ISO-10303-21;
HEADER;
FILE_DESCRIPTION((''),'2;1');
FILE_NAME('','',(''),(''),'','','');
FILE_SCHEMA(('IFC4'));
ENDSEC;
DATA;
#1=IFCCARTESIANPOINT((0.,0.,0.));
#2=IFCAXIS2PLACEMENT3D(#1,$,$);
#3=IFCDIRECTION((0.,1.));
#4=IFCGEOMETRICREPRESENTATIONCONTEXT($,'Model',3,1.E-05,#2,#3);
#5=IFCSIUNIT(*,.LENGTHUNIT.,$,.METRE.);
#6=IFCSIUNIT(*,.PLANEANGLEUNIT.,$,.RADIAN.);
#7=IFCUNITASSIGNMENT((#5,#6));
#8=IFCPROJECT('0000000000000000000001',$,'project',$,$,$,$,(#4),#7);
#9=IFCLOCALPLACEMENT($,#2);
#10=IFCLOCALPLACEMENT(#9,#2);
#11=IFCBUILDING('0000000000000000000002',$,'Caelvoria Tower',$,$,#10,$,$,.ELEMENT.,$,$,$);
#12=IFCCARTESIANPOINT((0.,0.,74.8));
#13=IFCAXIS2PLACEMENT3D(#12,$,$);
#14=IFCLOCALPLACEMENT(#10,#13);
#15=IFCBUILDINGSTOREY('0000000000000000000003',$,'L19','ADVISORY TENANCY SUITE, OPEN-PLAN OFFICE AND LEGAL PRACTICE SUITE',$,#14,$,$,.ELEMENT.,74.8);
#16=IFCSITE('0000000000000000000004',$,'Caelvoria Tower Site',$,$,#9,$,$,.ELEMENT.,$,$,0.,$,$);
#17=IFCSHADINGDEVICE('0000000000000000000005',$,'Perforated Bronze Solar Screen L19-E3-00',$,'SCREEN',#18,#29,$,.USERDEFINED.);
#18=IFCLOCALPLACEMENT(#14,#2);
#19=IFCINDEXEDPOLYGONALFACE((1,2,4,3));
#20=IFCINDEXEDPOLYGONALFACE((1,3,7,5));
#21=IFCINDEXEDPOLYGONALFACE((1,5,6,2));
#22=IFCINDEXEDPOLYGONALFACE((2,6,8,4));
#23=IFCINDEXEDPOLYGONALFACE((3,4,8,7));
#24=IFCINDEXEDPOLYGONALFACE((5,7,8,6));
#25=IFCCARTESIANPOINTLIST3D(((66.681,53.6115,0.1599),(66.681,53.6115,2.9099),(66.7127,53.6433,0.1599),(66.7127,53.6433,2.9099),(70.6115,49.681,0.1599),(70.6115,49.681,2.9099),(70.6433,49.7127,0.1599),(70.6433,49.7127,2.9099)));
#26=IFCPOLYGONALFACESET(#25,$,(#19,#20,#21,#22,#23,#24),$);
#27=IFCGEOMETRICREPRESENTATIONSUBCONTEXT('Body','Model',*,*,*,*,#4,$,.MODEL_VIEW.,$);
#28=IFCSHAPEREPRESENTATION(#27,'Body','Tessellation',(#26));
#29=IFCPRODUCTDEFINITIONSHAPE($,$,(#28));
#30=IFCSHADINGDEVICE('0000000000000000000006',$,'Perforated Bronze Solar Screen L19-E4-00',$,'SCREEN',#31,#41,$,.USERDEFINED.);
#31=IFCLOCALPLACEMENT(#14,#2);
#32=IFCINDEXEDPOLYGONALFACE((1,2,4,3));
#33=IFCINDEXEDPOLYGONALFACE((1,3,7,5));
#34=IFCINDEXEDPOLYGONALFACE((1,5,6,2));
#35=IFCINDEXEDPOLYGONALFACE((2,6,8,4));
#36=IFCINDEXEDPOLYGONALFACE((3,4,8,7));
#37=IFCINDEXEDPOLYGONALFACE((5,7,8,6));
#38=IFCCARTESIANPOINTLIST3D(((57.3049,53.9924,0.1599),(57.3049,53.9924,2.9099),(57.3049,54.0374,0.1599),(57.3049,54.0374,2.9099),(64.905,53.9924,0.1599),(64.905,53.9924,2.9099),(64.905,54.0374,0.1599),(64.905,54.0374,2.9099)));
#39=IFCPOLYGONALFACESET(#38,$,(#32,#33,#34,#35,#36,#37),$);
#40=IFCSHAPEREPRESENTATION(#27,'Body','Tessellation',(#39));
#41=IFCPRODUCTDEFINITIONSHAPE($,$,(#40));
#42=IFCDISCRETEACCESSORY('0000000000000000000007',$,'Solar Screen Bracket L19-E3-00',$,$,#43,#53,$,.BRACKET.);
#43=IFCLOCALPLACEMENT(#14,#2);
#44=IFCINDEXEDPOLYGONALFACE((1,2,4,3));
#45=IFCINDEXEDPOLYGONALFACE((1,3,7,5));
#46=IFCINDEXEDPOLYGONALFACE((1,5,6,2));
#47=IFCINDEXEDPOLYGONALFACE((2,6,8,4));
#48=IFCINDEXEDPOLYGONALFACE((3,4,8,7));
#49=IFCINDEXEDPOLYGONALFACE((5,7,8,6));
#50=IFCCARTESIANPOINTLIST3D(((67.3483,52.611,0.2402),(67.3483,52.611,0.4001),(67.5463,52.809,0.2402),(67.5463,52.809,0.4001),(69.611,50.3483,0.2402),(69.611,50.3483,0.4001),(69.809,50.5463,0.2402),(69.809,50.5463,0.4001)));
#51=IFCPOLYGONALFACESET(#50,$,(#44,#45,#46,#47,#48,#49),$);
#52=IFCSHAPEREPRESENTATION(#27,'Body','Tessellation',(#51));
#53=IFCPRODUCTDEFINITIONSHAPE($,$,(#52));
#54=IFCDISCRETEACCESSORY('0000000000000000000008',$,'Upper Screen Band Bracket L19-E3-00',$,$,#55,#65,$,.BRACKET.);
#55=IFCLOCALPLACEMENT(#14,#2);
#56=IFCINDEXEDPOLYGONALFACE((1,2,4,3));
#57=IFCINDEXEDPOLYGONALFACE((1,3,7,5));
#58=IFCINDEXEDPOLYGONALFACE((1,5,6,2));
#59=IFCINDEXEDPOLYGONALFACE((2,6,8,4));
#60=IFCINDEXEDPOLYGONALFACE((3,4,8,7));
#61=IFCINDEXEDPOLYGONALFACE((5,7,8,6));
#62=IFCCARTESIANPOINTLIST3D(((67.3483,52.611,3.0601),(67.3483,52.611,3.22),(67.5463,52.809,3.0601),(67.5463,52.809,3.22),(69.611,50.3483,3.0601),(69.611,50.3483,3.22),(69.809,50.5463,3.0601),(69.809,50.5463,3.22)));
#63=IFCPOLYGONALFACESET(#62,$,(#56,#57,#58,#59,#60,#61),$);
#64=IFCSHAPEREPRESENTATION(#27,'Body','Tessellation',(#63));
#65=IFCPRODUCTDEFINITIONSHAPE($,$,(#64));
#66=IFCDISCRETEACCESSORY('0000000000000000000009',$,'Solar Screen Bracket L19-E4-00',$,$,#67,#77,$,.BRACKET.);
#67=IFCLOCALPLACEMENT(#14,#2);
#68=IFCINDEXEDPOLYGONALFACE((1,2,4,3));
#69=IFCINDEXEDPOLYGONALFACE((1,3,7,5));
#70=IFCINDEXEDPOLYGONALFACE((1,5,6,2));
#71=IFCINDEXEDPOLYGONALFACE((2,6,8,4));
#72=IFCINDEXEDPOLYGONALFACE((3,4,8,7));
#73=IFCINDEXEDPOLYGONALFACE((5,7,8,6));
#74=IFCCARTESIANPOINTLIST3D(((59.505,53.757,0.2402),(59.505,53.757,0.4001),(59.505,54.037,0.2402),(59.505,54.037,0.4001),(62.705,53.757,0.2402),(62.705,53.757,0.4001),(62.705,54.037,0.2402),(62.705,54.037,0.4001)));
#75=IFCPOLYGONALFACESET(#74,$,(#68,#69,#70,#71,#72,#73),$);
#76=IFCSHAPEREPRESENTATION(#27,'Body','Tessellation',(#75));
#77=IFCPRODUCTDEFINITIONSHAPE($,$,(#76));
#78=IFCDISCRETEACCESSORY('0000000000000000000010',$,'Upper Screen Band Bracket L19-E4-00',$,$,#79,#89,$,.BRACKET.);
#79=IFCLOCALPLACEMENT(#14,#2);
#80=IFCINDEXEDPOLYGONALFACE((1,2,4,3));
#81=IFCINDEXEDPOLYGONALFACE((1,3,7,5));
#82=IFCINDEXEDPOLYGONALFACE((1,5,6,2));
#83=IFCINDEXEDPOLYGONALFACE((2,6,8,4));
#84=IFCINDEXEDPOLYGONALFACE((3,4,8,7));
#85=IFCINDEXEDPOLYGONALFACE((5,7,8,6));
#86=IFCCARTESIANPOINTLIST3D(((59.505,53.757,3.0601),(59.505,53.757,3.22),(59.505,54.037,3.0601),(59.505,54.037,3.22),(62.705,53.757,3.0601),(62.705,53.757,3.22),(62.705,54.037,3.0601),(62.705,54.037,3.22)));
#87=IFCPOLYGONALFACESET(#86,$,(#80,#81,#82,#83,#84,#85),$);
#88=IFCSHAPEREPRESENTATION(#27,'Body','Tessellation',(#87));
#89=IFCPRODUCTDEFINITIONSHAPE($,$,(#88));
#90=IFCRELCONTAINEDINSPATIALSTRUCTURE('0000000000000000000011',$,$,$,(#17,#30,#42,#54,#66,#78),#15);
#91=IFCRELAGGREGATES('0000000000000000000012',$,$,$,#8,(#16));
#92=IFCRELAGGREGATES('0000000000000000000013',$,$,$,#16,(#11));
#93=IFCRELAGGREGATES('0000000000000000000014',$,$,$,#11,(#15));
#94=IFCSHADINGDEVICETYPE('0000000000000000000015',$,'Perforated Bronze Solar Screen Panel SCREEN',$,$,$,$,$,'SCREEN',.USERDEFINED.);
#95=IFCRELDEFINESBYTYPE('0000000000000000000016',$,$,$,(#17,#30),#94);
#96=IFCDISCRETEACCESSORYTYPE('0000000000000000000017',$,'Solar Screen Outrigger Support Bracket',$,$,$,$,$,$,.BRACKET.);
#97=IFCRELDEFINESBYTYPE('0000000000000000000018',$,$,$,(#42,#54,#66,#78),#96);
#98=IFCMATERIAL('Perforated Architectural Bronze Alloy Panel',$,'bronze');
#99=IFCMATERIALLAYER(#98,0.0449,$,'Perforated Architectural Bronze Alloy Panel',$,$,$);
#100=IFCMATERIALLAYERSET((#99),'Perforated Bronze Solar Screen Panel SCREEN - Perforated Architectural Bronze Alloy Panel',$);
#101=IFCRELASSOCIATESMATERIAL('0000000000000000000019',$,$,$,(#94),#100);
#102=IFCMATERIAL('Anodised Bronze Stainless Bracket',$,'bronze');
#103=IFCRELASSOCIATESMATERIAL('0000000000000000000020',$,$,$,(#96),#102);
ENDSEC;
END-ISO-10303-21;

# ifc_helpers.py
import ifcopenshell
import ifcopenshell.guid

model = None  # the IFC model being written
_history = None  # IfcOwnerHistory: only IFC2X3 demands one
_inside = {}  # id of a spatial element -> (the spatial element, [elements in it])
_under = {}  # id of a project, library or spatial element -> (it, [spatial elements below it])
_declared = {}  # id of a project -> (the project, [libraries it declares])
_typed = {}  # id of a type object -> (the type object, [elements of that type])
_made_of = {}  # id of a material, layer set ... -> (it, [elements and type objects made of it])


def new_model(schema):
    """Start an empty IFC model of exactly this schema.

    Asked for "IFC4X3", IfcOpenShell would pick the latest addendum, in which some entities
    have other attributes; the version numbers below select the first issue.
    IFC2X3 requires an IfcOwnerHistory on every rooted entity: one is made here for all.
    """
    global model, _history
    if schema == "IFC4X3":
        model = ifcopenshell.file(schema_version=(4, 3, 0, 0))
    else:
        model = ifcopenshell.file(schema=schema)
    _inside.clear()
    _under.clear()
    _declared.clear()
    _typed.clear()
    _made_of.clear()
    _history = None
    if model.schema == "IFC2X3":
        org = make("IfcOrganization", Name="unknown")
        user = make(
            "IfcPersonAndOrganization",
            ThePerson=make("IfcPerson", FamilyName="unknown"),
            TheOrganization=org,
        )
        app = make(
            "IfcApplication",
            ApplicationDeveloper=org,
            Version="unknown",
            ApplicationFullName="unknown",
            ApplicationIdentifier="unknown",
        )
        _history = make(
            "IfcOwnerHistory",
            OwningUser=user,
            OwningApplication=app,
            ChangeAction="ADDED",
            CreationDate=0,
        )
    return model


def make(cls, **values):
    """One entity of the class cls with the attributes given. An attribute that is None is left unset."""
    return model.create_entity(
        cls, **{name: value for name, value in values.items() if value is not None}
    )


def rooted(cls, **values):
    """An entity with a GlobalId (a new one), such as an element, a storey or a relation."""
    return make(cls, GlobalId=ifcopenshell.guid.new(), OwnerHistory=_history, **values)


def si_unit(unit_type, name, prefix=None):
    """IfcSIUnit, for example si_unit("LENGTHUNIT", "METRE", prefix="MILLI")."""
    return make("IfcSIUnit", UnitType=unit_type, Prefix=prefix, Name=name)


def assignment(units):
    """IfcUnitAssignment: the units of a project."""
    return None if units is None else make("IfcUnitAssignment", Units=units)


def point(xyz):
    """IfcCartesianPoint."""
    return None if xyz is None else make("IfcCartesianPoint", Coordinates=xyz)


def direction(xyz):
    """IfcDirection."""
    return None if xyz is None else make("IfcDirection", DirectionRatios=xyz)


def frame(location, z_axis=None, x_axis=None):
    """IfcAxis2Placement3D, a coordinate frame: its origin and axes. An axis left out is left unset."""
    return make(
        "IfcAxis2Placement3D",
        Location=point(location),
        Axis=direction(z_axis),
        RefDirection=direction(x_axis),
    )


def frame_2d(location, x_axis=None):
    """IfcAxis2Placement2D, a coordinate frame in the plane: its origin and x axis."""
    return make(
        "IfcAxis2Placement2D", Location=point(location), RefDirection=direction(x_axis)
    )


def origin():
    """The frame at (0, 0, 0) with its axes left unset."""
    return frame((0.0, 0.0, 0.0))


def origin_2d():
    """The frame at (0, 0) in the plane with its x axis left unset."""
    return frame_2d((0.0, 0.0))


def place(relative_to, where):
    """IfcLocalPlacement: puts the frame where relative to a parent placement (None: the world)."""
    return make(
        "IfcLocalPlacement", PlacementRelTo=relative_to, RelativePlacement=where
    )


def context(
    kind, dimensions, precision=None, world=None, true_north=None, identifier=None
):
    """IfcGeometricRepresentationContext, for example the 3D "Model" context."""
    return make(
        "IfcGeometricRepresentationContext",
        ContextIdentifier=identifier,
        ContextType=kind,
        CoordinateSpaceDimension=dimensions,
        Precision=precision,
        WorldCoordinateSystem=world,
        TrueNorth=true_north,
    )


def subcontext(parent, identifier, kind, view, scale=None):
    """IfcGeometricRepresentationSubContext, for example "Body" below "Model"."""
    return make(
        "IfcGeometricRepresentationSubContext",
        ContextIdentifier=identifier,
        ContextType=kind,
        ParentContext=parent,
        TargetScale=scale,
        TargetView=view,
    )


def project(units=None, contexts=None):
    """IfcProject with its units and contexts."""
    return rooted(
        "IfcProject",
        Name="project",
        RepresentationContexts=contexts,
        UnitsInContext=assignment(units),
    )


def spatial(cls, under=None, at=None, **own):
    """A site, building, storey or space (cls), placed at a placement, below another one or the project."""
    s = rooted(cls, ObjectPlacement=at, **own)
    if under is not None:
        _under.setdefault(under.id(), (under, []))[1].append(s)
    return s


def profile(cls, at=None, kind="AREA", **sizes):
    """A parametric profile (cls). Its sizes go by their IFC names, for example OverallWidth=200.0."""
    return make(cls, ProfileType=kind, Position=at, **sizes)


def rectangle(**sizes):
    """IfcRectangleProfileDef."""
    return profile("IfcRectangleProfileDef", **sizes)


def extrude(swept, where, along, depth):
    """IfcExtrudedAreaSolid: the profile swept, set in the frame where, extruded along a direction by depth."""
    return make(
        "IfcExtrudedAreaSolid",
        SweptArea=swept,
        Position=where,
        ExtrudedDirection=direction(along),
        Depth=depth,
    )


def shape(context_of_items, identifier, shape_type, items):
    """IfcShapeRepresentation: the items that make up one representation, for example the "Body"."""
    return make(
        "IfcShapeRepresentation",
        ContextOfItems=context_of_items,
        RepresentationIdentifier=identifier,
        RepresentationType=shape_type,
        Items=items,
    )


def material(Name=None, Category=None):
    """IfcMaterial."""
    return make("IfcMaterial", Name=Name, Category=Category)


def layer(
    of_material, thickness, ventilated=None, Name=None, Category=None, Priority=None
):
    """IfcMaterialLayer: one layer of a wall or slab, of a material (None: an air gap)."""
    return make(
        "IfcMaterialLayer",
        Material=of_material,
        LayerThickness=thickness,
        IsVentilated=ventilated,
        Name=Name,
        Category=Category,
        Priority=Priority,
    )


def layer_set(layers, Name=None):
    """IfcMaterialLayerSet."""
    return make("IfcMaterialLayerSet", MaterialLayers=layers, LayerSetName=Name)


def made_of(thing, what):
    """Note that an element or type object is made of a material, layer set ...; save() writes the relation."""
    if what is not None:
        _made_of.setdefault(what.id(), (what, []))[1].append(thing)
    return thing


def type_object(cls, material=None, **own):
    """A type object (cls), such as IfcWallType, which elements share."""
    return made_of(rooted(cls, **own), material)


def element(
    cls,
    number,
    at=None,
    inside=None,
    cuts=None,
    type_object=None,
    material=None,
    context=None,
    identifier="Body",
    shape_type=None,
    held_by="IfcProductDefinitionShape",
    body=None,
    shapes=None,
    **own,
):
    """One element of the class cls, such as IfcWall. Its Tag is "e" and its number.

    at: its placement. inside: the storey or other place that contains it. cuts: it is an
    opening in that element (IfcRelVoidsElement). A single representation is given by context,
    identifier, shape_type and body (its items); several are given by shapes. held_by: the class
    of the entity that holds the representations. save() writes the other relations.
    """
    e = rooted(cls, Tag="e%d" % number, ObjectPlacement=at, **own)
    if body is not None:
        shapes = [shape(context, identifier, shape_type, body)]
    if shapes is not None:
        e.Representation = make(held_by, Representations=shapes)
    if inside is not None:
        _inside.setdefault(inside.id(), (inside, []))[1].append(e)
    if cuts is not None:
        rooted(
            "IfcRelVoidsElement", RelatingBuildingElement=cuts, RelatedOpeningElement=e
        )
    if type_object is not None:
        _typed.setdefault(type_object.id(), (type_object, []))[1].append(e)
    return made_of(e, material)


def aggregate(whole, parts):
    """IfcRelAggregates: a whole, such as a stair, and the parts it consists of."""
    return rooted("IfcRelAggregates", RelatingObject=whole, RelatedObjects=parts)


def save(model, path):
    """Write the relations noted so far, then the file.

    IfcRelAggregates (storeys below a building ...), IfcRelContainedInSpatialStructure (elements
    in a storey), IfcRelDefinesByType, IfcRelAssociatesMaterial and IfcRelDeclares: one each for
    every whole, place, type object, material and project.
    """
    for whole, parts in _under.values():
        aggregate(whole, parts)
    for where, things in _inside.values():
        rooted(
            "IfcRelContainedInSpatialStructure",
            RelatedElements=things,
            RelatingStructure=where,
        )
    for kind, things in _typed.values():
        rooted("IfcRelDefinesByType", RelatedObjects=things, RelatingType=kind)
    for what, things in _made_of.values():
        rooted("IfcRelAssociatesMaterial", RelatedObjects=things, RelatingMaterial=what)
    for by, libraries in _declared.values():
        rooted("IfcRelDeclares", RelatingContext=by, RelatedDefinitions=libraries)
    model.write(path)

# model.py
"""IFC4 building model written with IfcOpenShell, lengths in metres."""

from ifc_helpers import new_model, si_unit, direction, frame, origin, origin_2d, place, context, subcontext, project, spatial, rectangle, extrude, material, layer, layer_set, type_object, element, save


model = new_model("IFC4")

# Units and contexts
model_context = context("Model", 3, precision=1e-05, world=origin(), true_north=direction((0.0, 1.0)))
body_context = subcontext(model_context, "Body", "Model", "MODEL_VIEW")
ifc_project = project(units=[si_unit("LENGTHUNIT", "METRE"), si_unit("PLANEANGLEUNIT", "RADIAN")], contexts=[model_context])

# Site, building, storey
site_placement = place(None, origin())
site = spatial("IfcSite", under=ifc_project, at=site_placement, Name="Caelvoria Tower Site", CompositionType="ELEMENT", RefElevation=0.0)
building_placement = place(site_placement, origin())
building = spatial("IfcBuilding", under=site, at=building_placement, Name="Caelvoria Tower", CompositionType="ELEMENT")
storey_placement = place(building_placement, frame((0.0, 0.0, 74.8)))
storey = spatial("IfcBuildingStorey", under=building, at=storey_placement, Name="L19", Description="ADVISORY TENANCY SUITE, OPEN-PLAN OFFICE AND LEGAL PRACTICE SUITE", CompositionType="ELEMENT", Elevation=74.8)

# Shading devices
ifc_material_1 = material(Name="Perforated Architectural Bronze Alloy Panel", Category="bronze")
ifc_layer_1 = layer(ifc_material_1, 0.0449, Name="Perforated Architectural Bronze Alloy Panel")
ifc_layer_set_1 = layer_set([ifc_layer_1], Name="Perforated Bronze Solar Screen Panel SCREEN - Perforated Architectural Bronze Alloy Panel")
shading_device_type = type_object("IfcShadingDeviceType", Name="Perforated Bronze Solar Screen Panel SCREEN", ElementType="SCREEN", PredefinedType="USERDEFINED", material=ifc_layer_set_1)
shading_device_1_placement = place(storey_placement, frame((68.6621, 51.6621, 0.1599), z_axis=(0.0, 0.0, 1.0), x_axis=(-0.707107, 0.707107, 0.0)))
element("IfcShadingDevice", 1, at=shading_device_1_placement, inside=storey, type_object=shading_device_type, Name="Perforated Bronze Solar Screen L19-E3-00", ObjectType="SCREEN", PredefinedType="USERDEFINED", context=body_context, shape_type="SweptSolid", body=[
    extrude(rectangle(XDim=5.5586, YDim=0.0449, at=origin_2d()), origin(), (0.0, 0.0, 1.0), 2.75),
])
shading_device_2_placement = place(storey_placement, frame((61.105, 54.0149, 0.1599), z_axis=(0.0, 0.0, 1.0), x_axis=(-1.0, 0.0, 0.0)))
element("IfcShadingDevice", 2, at=shading_device_2_placement, inside=storey, type_object=shading_device_type, Name="Perforated Bronze Solar Screen L19-E4-00", ObjectType="SCREEN", PredefinedType="USERDEFINED", context=body_context, shape_type="SweptSolid", body=[
    extrude(rectangle(XDim=7.6001, YDim=0.0449, at=origin_2d()), origin(), (0.0, 0.0, 1.0), 2.75),
])

# Discrete accessories
ifc_material_2 = material(Name="Anodised Bronze Stainless Bracket", Category="bronze")
discrete_accessory_type = type_object("IfcDiscreteAccessoryType", Name="Solar Screen Outrigger Support Bracket", PredefinedType="BRACKET", material=ifc_material_2)
for number, where, z_axis, x_axis, name in (
    (3, (68.5786, 51.5786, 0.2402), (0.0, 0.0, 1.0), (-0.707107, 0.707107, 0.0), "Solar Screen Bracket L19-E3-00"),
    (4, (68.5786, 51.5786, 3.0601), (0.0, 0.0, 1.0), (-0.707107, 0.707107, 0.0), "Upper Screen Band Bracket L19-E3-00"),
    (5, (61.105, 53.897, 0.2402), (0.0, 0.0, 1.0), (-1.0, 0.0, 0.0), "Solar Screen Bracket L19-E4-00"),
    (6, (61.105, 53.897, 3.0601), (0.0, 0.0, 1.0), (-1.0, 0.0, 0.0), "Upper Screen Band Bracket L19-E4-00"),
):
    element("IfcDiscreteAccessory", number, at=place(storey_placement, frame(where, z_axis=z_axis, x_axis=x_axis)), inside=storey, type_object=discrete_accessory_type, Name=name, PredefinedType="BRACKET", context=body_context, shape_type="SweptSolid", body=[
        extrude(rectangle(XDim=3.2, YDim=0.28, at=origin_2d()), origin(), (0.0, 0.0, 1.0), 0.1599),
    ])

save(model, "model.ifc")
